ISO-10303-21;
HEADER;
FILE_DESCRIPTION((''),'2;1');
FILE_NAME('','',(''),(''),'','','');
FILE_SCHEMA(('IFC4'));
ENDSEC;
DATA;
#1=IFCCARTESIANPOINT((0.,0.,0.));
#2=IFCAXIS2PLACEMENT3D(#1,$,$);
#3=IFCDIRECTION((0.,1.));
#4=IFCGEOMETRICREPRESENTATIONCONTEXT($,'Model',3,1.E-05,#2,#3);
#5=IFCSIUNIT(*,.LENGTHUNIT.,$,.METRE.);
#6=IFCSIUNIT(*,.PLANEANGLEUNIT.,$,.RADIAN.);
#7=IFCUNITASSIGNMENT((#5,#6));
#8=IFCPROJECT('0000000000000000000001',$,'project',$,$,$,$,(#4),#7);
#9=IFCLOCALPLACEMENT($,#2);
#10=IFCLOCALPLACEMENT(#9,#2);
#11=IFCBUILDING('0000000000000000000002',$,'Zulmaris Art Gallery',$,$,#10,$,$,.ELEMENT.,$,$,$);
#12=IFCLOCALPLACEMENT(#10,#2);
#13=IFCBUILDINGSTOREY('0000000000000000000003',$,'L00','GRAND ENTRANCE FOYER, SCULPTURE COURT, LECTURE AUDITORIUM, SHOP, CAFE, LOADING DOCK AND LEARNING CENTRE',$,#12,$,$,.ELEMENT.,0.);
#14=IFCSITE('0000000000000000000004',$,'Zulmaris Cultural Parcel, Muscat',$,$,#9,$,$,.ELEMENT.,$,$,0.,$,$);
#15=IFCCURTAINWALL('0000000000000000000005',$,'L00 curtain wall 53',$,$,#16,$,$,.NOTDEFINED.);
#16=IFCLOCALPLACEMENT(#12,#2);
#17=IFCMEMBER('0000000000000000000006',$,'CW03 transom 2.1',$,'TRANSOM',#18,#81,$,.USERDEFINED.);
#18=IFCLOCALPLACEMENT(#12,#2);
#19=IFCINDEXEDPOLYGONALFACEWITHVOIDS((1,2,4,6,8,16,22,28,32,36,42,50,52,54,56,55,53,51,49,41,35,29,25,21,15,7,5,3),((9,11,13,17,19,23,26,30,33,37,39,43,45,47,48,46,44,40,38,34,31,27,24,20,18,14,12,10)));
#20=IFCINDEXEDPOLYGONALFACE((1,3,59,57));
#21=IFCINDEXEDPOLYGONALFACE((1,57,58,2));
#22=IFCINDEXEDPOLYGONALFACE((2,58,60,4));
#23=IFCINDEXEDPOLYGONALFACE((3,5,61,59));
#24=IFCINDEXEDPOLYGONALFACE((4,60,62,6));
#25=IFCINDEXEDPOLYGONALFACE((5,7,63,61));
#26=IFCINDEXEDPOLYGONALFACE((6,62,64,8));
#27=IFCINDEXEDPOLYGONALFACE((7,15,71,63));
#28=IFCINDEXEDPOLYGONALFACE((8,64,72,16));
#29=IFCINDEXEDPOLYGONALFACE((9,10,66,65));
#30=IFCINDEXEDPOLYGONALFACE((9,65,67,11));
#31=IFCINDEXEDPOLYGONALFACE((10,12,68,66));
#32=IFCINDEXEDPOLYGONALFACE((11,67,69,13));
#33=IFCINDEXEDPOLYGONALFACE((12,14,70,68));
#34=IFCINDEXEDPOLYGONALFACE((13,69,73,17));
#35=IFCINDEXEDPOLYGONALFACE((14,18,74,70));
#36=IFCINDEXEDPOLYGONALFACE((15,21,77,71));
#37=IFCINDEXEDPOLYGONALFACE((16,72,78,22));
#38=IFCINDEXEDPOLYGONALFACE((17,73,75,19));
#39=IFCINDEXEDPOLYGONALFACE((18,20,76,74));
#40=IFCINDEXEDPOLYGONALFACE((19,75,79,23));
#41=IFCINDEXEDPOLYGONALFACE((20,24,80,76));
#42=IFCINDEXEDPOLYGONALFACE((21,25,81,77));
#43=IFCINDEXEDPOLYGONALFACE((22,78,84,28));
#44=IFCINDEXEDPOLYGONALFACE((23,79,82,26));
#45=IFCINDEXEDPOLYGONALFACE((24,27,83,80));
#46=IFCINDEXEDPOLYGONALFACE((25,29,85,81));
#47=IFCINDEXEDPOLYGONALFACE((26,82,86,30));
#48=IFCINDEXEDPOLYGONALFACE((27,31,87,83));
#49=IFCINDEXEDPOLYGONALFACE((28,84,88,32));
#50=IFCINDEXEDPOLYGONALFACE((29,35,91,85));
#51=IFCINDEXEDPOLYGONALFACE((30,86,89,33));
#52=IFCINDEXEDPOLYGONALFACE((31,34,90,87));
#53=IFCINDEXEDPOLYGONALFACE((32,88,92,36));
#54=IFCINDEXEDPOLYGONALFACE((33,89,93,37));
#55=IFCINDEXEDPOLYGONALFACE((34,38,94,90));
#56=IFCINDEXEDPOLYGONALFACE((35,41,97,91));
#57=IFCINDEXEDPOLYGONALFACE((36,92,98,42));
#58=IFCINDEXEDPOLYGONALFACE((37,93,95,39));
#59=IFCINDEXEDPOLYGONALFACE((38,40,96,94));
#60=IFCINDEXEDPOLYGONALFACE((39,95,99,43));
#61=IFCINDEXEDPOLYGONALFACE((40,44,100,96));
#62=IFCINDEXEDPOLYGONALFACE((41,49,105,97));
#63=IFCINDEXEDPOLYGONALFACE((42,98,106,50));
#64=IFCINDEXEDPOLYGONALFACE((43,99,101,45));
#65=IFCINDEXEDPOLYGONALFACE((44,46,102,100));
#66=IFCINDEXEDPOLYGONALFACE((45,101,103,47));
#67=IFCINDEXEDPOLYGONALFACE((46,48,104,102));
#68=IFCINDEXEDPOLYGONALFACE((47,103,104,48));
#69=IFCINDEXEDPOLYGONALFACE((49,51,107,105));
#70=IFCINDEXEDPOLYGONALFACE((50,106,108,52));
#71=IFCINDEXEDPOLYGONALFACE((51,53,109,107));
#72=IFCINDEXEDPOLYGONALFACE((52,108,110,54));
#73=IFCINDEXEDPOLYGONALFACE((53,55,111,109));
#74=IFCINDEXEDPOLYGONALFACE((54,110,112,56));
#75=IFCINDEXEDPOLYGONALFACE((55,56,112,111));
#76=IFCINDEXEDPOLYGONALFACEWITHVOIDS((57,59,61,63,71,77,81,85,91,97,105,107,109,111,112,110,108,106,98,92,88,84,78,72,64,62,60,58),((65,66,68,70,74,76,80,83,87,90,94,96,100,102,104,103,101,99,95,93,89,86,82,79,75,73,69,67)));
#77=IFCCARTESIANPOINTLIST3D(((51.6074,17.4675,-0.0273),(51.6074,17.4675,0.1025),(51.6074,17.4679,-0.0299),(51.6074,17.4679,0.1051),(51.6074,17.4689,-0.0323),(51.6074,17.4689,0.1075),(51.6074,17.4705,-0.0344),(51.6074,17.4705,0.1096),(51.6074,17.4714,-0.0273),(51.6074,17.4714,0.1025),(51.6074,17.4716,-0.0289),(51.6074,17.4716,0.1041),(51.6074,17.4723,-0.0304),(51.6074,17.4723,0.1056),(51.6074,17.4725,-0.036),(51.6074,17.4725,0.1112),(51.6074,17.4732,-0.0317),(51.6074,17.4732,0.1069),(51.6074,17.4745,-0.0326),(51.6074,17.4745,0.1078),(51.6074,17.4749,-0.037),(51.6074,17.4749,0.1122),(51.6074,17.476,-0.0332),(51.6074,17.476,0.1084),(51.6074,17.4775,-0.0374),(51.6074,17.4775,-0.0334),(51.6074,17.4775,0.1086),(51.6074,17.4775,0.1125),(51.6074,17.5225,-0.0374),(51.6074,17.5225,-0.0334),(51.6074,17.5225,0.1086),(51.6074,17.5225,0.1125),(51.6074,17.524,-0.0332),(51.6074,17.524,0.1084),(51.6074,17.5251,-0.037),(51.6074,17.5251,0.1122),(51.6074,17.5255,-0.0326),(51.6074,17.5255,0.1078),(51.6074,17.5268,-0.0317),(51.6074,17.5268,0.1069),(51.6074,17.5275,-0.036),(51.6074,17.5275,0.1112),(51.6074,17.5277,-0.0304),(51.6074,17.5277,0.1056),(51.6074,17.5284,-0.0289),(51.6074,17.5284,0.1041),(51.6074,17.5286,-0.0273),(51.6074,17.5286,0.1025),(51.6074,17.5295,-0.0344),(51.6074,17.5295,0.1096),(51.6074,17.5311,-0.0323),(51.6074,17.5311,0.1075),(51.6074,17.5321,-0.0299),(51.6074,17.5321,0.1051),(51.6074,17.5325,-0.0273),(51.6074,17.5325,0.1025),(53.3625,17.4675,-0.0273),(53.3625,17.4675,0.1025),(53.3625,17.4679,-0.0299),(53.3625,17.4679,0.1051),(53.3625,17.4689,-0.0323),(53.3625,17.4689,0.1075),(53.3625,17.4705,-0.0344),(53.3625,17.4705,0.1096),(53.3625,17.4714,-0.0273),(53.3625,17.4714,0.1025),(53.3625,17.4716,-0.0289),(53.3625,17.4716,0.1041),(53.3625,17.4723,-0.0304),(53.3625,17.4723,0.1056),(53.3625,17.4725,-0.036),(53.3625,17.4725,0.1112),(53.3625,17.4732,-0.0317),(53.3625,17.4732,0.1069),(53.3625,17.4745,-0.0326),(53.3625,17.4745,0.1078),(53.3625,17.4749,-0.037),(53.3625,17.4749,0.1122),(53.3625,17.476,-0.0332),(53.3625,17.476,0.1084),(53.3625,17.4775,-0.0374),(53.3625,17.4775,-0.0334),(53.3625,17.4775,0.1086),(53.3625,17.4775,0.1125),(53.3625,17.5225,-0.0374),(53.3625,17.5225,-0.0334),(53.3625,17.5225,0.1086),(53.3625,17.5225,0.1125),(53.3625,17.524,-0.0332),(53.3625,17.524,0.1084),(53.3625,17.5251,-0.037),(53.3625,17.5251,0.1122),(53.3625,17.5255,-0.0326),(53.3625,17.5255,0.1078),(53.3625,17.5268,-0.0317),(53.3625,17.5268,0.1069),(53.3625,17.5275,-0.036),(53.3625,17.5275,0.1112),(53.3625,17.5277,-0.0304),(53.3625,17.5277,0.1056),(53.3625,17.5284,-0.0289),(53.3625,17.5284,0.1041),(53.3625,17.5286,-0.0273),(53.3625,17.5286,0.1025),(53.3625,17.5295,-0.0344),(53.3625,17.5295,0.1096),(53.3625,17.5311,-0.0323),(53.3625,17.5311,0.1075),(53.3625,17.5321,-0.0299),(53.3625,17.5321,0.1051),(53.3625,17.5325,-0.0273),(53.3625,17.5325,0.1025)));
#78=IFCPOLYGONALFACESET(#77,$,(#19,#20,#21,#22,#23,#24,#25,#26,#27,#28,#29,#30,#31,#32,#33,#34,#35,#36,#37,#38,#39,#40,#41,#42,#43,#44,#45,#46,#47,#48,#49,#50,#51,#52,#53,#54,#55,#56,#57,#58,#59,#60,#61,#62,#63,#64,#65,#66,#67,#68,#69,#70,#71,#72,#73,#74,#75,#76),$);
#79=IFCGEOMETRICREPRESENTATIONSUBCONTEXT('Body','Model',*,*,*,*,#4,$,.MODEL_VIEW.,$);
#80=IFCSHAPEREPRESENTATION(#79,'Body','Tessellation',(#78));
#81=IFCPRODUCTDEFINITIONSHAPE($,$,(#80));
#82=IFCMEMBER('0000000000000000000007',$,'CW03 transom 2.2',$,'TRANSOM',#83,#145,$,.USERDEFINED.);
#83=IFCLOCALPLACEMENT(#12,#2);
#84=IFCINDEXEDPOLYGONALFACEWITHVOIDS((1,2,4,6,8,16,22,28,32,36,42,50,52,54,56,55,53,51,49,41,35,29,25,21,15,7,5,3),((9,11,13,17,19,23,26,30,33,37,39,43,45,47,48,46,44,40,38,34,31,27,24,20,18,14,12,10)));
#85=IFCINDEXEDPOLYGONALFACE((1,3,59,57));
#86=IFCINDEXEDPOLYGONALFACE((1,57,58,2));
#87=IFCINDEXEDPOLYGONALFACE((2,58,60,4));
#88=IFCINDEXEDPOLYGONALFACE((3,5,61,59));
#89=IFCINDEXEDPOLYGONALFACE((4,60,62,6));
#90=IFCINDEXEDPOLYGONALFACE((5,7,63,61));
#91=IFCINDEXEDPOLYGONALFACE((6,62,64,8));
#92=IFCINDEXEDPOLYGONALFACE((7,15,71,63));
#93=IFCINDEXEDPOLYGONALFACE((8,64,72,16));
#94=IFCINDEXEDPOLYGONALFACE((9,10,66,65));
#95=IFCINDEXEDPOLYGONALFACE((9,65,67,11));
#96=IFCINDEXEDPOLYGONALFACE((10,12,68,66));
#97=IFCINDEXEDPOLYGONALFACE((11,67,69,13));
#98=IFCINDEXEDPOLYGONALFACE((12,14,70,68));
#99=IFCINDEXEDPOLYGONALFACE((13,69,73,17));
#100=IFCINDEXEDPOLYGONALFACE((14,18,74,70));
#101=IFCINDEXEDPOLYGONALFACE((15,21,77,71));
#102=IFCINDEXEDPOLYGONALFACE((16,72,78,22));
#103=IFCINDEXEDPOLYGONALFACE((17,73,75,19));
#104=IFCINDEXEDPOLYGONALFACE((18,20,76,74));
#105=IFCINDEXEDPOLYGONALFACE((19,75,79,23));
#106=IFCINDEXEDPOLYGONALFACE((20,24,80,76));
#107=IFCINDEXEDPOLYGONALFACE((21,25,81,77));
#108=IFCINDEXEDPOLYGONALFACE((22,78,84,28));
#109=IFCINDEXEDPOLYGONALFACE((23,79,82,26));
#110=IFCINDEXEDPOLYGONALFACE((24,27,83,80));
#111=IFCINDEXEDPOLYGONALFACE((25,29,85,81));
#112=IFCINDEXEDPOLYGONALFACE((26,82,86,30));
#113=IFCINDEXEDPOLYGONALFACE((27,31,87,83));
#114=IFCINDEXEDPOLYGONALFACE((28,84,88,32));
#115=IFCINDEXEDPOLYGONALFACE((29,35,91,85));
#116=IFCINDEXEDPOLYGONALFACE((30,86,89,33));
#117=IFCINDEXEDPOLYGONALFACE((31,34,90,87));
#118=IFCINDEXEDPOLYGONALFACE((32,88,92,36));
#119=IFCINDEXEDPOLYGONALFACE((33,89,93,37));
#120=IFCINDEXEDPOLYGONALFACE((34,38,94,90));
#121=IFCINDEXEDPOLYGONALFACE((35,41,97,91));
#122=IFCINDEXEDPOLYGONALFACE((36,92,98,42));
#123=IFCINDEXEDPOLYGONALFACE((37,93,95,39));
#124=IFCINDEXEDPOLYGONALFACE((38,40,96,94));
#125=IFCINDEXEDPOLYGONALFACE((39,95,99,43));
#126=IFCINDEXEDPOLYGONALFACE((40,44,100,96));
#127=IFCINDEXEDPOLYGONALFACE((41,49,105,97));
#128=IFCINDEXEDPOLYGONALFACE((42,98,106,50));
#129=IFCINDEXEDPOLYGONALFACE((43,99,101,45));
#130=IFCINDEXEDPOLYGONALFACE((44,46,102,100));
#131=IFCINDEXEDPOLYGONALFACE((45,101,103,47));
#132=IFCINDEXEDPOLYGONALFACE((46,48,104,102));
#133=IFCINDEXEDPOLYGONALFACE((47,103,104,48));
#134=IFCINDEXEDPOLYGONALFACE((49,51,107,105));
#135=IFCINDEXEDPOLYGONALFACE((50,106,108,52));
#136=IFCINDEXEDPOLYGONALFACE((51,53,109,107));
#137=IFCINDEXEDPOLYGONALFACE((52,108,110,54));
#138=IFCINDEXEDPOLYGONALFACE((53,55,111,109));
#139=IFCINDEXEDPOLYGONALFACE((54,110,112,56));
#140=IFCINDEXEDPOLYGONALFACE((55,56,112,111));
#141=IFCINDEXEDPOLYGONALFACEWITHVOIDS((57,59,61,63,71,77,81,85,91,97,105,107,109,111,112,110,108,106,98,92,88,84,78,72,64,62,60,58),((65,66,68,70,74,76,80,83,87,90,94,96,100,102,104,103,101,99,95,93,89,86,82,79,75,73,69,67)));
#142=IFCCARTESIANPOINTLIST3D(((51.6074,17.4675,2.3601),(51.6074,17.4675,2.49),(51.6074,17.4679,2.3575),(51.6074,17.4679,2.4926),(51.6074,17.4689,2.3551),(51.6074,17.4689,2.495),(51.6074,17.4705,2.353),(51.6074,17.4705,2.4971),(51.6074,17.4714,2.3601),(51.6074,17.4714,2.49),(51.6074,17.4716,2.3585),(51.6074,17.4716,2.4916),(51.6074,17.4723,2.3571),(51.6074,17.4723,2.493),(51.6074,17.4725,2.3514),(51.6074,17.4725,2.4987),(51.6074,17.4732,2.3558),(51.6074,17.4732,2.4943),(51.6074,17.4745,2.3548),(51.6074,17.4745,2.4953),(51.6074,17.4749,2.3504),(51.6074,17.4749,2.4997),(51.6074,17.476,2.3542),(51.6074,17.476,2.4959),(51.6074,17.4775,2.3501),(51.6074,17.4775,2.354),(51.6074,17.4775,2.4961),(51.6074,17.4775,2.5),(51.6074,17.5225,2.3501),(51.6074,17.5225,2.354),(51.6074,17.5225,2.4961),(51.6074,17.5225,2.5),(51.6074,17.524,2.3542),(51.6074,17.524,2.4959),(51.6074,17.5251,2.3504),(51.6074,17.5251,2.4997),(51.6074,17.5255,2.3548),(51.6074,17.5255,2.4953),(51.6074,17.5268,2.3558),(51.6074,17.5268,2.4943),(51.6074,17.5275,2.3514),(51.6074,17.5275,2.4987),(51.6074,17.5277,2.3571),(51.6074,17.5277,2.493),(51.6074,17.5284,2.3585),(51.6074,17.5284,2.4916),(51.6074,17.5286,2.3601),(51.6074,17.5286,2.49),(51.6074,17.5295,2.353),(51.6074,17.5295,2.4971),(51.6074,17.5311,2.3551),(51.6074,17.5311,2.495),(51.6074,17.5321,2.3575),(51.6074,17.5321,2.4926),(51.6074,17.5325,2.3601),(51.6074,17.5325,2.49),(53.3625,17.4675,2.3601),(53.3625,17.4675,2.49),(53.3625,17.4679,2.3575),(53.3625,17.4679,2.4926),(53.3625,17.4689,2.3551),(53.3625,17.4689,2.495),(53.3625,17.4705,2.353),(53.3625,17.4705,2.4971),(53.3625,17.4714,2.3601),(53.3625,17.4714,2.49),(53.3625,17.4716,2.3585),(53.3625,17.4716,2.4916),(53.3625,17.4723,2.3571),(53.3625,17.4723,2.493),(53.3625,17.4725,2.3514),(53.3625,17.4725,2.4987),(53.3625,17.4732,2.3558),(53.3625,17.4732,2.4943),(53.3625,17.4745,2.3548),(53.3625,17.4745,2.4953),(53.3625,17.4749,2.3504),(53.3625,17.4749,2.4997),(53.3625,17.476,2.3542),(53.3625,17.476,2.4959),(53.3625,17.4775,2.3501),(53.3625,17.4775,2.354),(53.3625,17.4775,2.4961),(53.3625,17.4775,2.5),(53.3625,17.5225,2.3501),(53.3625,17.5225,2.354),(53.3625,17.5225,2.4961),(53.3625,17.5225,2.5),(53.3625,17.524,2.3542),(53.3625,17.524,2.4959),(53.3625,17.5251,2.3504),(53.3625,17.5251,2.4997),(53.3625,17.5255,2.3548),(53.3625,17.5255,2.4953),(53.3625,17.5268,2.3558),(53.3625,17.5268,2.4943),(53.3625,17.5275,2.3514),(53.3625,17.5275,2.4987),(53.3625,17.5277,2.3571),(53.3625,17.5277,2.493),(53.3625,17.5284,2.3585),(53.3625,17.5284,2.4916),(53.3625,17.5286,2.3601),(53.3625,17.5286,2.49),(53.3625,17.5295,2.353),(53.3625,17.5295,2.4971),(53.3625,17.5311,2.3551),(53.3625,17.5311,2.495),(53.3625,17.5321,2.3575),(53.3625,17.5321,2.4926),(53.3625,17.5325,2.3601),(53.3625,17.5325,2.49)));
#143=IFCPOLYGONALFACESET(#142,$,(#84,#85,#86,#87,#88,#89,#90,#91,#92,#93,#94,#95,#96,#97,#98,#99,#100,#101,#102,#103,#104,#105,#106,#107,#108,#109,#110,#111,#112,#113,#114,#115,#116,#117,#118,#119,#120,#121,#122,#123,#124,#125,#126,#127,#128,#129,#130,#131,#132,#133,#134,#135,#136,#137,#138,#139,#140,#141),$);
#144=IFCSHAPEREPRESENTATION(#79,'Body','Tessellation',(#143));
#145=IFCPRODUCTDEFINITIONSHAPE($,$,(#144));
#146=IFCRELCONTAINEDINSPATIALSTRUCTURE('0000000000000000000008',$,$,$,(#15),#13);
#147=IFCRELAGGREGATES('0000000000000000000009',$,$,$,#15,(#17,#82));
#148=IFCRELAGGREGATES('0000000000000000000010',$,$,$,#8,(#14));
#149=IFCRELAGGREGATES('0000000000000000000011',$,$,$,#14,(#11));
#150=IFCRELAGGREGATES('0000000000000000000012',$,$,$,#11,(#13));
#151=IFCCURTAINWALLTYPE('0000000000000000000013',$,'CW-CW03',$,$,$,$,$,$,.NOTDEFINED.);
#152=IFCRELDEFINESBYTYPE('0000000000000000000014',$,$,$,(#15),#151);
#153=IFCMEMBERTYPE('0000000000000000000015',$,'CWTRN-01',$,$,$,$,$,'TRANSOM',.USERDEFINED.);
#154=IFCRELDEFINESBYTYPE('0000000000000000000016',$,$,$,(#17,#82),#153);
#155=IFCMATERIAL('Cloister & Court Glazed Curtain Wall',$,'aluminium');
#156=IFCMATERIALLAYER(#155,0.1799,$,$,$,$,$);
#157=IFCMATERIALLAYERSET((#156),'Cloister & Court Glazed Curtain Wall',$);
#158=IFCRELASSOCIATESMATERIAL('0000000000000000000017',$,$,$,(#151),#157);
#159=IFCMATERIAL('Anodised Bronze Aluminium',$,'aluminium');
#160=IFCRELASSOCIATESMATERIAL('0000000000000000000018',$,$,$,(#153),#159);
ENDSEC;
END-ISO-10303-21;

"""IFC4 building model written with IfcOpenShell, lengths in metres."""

from ifc_helpers import new_model, si_unit, direction, frame, origin, origin_2d, place, context, subcontext, project, spatial, hollow_rectangle, extrude, material, layer, layer_set, material_profile, profile_set, type_object, element, aggregate, save


model = new_model("IFC4")

# Units and contexts
model_context = context("Model", 3, precision=1e-05, world=origin(), true_north=direction((0.0, 1.0)))
body_context = subcontext(model_context, "Body", "Model", "MODEL_VIEW")
ifc_project = project(units=[si_unit("LENGTHUNIT", "METRE"), si_unit("PLANEANGLEUNIT", "RADIAN")], contexts=[model_context])

# Site, building, storey
site_placement = place(None, origin())
site = spatial("IfcSite", under=ifc_project, at=site_placement, Name="Zulmaris Cultural Parcel, Muscat", CompositionType="ELEMENT", RefElevation=0.0)
building_placement = place(site_placement, origin())
building = spatial("IfcBuilding", under=site, at=building_placement, Name="Zulmaris Art Gallery", CompositionType="ELEMENT")
storey_placement = place(building_placement, origin())
storey = spatial("IfcBuildingStorey", under=building, at=storey_placement, Name="L00", Description="GRAND ENTRANCE FOYER, SCULPTURE COURT, LECTURE AUDITORIUM, SHOP, CAFE, LOADING DOCK AND LEARNING CENTRE", CompositionType="ELEMENT", Elevation=0.0)

# Curtain wall, members
ifc_material_1 = material(Name="Cloister & Court Glazed Curtain Wall", Category="aluminium")
ifc_layer_1 = layer(ifc_material_1, 0.1799)
ifc_layer_set_1 = layer_set([ifc_layer_1], Name="Cloister & Court Glazed Curtain Wall")
curtain_wall_type = type_object("IfcCurtainWallType", Name="CW-CW03", PredefinedType="NOTDEFINED", material=ifc_layer_set_1)
curtain_wall_placement = place(storey_placement, origin())
curtain_wall = element("IfcCurtainWall", 1, at=curtain_wall_placement, inside=storey, type_object=curtain_wall_type, Name="L00 curtain wall 53", PredefinedType="NOTDEFINED")
ifc_material_2 = material(Name="Anodised Bronze Aluminium", Category="aluminium")
ifc_material_profile_1 = material_profile(ifc_material_2, hollow_rectangle(XDim=0.0649, YDim=0.1499, WallThickness=0.0039, InnerFilletRadius=0.0061, OuterFilletRadius=0.01, at=origin_2d()), Name="ALU 65x150x4")
ifc_profile_set_1 = profile_set([ifc_material_profile_1], Name="Anodised Bronze Aluminium")
member_type_1 = type_object("IfcMemberType", Name="CWTRN-01", ElementType="TRANSOM", PredefinedType="USERDEFINED", material=ifc_profile_set_1)
member_1_placement = place(storey_placement, frame((51.6074, 17.5, 0.0376), z_axis=(1.0, 0.0, 0.0), x_axis=(0.0, 1.0, 0.0)))
member_1 = element("IfcMember", 2, at=member_1_placement, type_object=member_type_1, Name="CW03 transom 2.1", ObjectType="TRANSOM", PredefinedType="USERDEFINED", context=body_context, shape_type="SweptSolid", body=[
    extrude(hollow_rectangle(XDim=0.0649, YDim=0.1499, WallThickness=0.0039, InnerFilletRadius=0.0061, OuterFilletRadius=0.01, at=origin_2d()), origin(), (0.0, 0.0, 1.0), 1.7551),
])
member_2_placement = place(storey_placement, frame((51.6074, 17.5, 2.425), z_axis=(1.0, 0.0, 0.0), x_axis=(0.0, 1.0, 0.0)))
member_2 = element("IfcMember", 3, at=member_2_placement, type_object=member_type_1, Name="CW03 transom 2.2", ObjectType="TRANSOM", PredefinedType="USERDEFINED", context=body_context, shape_type="SweptSolid", body=[
    extrude(hollow_rectangle(XDim=0.0649, YDim=0.1499, WallThickness=0.0039, InnerFilletRadius=0.0061, OuterFilletRadius=0.01, at=origin_2d()), origin(), (0.0, 0.0, 1.0), 1.7551),
])
aggregate(curtain_wall, [member_1, member_2])

save(model, "model.ifc")
